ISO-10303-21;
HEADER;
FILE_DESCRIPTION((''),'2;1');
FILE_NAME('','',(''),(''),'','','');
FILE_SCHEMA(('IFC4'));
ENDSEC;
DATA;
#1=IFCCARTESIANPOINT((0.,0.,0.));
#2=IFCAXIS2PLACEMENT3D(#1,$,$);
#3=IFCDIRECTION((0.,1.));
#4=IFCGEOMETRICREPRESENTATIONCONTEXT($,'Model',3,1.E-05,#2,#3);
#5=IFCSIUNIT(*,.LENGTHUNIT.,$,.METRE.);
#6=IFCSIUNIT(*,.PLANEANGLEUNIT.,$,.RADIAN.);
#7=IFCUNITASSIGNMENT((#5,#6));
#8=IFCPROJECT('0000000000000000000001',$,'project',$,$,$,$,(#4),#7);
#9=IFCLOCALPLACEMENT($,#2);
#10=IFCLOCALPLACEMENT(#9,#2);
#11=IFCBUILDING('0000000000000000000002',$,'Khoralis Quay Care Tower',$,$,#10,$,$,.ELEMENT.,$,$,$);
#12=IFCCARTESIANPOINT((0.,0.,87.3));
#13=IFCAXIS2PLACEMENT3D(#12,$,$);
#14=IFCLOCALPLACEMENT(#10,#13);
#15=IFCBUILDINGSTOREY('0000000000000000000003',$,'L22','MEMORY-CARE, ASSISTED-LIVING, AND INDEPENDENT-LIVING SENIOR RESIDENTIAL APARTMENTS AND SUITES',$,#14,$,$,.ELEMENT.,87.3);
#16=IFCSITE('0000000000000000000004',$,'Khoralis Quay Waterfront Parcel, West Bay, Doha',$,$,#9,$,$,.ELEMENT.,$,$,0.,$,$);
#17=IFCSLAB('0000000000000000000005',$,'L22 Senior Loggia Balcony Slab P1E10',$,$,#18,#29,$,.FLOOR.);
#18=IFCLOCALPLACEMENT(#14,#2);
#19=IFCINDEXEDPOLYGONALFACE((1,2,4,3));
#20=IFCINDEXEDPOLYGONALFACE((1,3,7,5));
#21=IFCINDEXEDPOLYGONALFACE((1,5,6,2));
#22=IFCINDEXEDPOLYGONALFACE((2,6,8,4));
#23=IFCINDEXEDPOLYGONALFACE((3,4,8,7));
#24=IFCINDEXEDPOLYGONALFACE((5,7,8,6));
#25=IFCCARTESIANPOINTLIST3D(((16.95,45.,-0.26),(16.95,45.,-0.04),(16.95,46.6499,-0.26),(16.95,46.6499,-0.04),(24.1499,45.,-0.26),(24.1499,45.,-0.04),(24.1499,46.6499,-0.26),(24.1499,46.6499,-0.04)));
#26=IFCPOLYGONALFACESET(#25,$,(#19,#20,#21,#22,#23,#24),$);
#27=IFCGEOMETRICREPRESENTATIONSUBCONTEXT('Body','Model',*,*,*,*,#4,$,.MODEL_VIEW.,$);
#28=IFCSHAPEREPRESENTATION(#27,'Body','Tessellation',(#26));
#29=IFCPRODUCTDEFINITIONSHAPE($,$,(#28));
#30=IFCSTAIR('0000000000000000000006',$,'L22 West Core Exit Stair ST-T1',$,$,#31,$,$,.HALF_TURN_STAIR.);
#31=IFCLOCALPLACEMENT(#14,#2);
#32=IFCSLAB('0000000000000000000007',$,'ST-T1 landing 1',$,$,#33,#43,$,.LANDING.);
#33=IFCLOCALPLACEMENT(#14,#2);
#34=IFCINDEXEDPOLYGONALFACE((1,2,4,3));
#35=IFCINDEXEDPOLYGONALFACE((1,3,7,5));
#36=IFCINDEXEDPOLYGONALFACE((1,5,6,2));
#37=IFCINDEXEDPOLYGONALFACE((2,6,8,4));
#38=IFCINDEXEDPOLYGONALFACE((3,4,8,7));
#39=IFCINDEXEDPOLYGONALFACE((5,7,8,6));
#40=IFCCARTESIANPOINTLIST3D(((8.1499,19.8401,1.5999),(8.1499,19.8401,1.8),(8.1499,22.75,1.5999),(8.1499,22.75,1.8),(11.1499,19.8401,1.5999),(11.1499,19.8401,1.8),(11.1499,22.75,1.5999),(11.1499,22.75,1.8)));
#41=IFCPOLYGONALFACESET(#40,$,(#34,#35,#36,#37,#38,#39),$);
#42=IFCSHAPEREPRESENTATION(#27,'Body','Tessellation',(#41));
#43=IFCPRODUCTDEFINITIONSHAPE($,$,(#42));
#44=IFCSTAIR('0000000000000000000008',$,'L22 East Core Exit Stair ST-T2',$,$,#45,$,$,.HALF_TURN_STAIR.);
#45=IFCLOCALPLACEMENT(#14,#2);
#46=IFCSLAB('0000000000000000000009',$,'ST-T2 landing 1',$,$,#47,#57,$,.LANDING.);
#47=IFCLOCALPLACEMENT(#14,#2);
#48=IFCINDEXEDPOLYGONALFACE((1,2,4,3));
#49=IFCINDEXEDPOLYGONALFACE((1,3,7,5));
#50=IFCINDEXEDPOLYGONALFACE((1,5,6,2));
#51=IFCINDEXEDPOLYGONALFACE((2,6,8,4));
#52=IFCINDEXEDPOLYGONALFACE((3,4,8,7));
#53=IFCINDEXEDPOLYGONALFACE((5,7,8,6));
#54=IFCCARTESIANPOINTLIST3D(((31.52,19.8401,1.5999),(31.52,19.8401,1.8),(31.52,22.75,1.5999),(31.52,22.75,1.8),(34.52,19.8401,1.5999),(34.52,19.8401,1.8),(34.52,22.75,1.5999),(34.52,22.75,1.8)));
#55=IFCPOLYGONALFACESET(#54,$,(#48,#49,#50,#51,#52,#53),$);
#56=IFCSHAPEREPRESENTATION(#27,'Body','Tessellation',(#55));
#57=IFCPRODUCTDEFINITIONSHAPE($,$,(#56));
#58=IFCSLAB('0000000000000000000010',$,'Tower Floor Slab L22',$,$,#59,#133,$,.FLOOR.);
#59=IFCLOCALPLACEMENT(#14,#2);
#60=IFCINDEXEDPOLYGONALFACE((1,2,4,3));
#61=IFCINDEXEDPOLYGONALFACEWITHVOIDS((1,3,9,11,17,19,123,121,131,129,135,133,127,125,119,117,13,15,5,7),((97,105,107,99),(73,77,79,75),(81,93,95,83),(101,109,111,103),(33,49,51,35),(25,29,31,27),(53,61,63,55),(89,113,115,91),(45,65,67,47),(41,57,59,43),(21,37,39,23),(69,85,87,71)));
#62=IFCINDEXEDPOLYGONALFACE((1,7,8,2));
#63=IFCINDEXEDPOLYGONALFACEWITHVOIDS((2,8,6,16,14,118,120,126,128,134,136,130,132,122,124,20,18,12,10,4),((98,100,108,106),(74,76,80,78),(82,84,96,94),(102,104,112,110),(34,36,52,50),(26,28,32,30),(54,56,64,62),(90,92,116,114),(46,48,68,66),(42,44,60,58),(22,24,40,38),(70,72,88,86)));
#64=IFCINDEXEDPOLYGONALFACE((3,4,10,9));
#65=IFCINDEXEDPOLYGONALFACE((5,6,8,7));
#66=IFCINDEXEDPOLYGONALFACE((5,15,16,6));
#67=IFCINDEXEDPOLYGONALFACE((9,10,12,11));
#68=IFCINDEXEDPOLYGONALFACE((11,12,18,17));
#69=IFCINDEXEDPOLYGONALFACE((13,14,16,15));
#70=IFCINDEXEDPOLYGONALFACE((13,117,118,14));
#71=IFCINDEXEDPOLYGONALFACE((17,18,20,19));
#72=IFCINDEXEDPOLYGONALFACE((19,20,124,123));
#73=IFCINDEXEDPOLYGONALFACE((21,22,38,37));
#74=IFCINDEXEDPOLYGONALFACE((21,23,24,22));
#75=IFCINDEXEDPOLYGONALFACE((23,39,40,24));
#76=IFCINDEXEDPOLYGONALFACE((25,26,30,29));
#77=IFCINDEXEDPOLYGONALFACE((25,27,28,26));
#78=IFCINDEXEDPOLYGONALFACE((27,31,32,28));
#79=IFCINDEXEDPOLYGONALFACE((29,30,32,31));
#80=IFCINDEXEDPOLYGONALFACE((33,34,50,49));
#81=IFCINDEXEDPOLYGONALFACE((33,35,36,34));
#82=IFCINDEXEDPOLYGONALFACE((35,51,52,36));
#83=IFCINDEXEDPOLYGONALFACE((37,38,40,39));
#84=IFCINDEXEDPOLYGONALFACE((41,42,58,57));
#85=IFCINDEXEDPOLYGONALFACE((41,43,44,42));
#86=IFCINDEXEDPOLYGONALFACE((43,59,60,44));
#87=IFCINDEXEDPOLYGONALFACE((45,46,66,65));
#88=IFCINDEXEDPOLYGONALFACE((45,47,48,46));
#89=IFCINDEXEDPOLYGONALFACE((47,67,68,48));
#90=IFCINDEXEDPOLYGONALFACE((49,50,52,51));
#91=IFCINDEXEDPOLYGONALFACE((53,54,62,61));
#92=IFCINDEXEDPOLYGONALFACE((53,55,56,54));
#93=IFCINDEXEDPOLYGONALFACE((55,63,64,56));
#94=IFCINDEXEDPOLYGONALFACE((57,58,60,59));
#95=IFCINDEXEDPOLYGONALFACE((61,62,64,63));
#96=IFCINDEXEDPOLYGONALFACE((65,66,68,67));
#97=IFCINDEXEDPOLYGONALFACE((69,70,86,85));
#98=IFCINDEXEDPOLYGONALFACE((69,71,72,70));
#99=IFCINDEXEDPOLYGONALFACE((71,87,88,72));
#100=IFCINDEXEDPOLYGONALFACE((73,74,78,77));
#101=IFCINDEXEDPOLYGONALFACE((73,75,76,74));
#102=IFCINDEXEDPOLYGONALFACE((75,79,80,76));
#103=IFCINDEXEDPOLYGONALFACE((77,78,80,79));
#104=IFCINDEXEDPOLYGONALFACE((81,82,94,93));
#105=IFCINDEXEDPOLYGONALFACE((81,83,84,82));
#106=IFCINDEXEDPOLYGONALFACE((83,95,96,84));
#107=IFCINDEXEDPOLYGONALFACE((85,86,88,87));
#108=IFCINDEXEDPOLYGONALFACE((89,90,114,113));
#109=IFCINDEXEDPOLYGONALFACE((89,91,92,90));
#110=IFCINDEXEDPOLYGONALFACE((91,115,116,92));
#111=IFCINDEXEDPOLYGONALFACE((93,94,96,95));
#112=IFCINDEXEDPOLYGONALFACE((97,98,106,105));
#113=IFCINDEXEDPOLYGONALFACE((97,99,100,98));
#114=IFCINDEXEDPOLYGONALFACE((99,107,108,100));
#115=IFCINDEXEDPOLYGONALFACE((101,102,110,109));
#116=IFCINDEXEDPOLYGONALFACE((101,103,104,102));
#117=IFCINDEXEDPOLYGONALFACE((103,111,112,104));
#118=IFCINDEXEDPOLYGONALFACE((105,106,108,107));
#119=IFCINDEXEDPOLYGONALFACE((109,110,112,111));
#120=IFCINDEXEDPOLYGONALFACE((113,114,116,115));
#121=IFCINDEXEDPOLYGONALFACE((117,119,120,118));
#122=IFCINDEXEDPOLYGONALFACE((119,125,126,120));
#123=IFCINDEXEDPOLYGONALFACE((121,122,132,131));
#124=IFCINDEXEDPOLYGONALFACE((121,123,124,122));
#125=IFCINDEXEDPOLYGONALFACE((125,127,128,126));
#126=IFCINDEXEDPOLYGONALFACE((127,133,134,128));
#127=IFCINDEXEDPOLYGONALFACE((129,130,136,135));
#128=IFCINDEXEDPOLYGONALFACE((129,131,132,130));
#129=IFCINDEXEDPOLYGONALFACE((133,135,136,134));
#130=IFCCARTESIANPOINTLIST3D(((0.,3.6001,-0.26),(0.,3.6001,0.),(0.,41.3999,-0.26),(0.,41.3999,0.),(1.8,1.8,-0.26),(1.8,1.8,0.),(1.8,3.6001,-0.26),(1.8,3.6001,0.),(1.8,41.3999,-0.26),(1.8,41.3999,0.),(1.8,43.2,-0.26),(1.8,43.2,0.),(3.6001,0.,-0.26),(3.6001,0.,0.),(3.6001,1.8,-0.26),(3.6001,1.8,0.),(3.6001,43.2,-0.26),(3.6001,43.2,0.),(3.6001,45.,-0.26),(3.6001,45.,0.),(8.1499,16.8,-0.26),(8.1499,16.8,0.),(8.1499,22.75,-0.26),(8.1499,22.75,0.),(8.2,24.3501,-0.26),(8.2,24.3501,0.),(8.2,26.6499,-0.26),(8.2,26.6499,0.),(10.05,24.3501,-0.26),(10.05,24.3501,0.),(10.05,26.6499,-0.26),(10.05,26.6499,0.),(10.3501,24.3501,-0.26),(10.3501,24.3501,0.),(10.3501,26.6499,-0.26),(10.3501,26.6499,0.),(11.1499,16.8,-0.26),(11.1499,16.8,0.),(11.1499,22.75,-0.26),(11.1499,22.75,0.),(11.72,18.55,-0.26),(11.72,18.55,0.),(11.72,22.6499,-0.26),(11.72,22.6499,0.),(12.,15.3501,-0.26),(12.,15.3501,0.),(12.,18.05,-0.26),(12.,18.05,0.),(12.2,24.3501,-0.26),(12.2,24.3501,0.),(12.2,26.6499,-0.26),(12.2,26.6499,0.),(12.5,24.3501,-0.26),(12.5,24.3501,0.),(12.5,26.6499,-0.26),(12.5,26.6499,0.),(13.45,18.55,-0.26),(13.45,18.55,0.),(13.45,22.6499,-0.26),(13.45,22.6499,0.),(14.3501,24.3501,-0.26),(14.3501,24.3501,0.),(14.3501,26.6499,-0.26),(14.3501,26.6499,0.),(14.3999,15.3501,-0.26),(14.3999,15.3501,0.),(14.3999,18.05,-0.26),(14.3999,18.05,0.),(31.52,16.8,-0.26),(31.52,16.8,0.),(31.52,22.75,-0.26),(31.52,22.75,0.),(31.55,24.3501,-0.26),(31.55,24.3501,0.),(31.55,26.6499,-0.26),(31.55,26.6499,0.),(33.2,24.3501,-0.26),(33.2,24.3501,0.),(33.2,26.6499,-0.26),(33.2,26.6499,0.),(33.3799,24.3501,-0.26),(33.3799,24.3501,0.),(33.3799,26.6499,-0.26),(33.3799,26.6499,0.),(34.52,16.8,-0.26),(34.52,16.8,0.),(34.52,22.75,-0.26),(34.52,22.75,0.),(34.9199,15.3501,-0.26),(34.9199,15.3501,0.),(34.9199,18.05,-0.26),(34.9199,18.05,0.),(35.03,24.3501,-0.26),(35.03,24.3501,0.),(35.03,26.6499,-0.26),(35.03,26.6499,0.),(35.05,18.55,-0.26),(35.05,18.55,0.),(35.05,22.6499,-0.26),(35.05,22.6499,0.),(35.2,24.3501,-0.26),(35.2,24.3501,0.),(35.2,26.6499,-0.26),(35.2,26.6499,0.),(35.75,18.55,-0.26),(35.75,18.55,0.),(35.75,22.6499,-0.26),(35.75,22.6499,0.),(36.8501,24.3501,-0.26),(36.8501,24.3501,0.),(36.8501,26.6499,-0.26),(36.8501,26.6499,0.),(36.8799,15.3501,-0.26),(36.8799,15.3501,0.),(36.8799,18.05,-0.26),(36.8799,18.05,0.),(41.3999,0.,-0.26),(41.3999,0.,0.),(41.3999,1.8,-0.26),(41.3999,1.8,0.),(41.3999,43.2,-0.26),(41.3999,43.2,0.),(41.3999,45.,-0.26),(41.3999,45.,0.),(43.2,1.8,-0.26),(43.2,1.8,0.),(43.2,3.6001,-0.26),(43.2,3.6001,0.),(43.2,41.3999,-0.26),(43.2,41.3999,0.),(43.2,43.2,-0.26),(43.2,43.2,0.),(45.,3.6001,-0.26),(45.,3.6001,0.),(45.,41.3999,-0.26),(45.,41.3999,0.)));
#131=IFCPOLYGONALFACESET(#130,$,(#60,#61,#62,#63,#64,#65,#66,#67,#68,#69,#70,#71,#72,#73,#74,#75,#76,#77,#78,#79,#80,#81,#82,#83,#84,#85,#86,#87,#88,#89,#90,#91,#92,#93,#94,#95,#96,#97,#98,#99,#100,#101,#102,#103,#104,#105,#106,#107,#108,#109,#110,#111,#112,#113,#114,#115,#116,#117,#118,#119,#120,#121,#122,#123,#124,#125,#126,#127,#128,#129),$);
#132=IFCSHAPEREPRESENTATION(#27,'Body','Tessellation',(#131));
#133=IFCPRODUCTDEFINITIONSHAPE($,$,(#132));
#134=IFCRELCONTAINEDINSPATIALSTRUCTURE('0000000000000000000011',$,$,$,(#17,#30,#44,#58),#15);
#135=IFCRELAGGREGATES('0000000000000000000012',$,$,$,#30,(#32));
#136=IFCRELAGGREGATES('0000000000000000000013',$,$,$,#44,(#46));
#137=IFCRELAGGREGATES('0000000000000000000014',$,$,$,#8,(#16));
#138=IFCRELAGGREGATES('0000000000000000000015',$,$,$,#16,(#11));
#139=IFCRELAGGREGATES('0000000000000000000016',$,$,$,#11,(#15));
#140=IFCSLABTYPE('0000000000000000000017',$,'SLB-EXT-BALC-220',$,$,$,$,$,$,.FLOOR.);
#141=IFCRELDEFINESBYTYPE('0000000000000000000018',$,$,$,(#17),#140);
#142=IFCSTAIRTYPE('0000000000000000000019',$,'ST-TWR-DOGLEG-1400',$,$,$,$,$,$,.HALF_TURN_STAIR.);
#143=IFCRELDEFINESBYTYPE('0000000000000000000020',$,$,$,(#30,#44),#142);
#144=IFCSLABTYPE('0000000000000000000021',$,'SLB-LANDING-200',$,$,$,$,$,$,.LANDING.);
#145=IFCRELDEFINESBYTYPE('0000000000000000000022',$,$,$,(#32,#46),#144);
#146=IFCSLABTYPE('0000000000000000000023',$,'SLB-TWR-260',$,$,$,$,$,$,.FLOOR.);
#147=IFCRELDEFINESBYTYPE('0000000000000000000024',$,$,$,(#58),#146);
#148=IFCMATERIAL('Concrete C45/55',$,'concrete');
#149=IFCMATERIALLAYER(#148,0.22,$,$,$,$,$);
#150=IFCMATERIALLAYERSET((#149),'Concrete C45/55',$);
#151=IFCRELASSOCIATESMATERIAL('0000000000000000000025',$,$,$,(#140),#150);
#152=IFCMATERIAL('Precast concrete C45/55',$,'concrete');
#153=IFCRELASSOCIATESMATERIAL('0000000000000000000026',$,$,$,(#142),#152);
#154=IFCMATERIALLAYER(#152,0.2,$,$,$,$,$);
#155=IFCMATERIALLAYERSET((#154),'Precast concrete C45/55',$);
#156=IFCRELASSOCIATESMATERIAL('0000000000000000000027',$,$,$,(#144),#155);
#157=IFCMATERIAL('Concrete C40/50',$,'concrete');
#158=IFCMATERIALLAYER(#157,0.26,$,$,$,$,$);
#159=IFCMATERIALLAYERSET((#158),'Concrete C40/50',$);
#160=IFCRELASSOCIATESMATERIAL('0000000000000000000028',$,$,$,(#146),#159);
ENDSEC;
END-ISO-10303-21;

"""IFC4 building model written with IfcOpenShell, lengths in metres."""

from ifc_helpers import new_model, si_unit, direction, frame, origin, place, context, subcontext, project, spatial, polyline, outline, extrude, material, layer, layer_set, type_object, element, aggregate, save


model = new_model("IFC4")

# Units and contexts
model_context = context("Model", 3, precision=1e-05, world=origin(), true_north=direction((0.0, 1.0)))
body_context = subcontext(model_context, "Body", "Model", "MODEL_VIEW")
ifc_project = project(units=[si_unit("LENGTHUNIT", "METRE"), si_unit("PLANEANGLEUNIT", "RADIAN")], contexts=[model_context])

# Site, building, storey
site_placement = place(None, origin())
site = spatial("IfcSite", under=ifc_project, at=site_placement, Name="Khoralis Quay Waterfront Parcel, West Bay, Doha", CompositionType="ELEMENT", RefElevation=0.0)
building_placement = place(site_placement, origin())
building = spatial("IfcBuilding", under=site, at=building_placement, Name="Khoralis Quay Care Tower", CompositionType="ELEMENT")
storey_placement = place(building_placement, frame((0.0, 0.0, 87.3)))
storey = spatial("IfcBuildingStorey", under=building, at=storey_placement, Name="L22", Description="MEMORY-CARE, ASSISTED-LIVING, AND INDEPENDENT-LIVING SENIOR RESIDENTIAL APARTMENTS AND SUITES", CompositionType="ELEMENT", Elevation=87.3)

# Slab
ifc_material_1 = material(Name="Concrete C45/55", Category="concrete")
ifc_layer_1 = layer(ifc_material_1, 0.22)
ifc_layer_set_1 = layer_set([ifc_layer_1], Name="Concrete C45/55")
slab_type_1 = type_object("IfcSlabType", Name="SLB-EXT-BALC-220", PredefinedType="FLOOR", material=ifc_layer_set_1)
slab_1_placement = place(storey_placement, frame((0.0, 0.0, -0.26)))
element("IfcSlab", 1, at=slab_1_placement, inside=storey, type_object=slab_type_1, Name="L22 Senior Loggia Balcony Slab P1E10", PredefinedType="FLOOR", context=body_context, shape_type="SweptSolid", body=[
    extrude(outline(polyline([(16.95, 45.0), (24.1499, 45.0), (24.1499, 46.6499), (16.95, 46.6499), (16.95, 45.0)])), origin(), (0.0, 0.0, 1.0), 0.22),
])

# Stairs, slabs
ifc_material_2 = material(Name="Precast concrete C45/55", Category="concrete")
stair_type = type_object("IfcStairType", Name="ST-TWR-DOGLEG-1400", PredefinedType="HALF_TURN_STAIR", material=ifc_material_2)
stair_1_placement = place(storey_placement, origin())
stair_1 = element("IfcStair", 2, at=stair_1_placement, inside=storey, type_object=stair_type, Name="L22 West Core Exit Stair ST-T1", PredefinedType="HALF_TURN_STAIR")
ifc_layer_2 = layer(ifc_material_2, 0.2)
ifc_layer_set_2 = layer_set([ifc_layer_2], Name="Precast concrete C45/55")
slab_type_2 = type_object("IfcSlabType", Name="SLB-LANDING-200", PredefinedType="LANDING", material=ifc_layer_set_2)
slab_2_placement = place(storey_placement, frame((0.0, 0.0, 1.5999)))
slab_2 = element("IfcSlab", 3, at=slab_2_placement, type_object=slab_type_2, Name="ST-T1 landing 1", PredefinedType="LANDING", context=body_context, shape_type="SweptSolid", body=[
    extrude(outline(polyline([(11.1499, 19.8401), (11.1499, 22.75), (8.1499, 22.75), (8.1499, 19.8401), (11.1499, 19.8401)])), origin(), (0.0, 0.0, 1.0), 0.2002),
])
aggregate(stair_1, [slab_2])
stair_2_placement = place(storey_placement, origin())
stair_2 = element("IfcStair", 4, at=stair_2_placement, inside=storey, type_object=stair_type, Name="L22 East Core Exit Stair ST-T2", PredefinedType="HALF_TURN_STAIR")
slab_3_placement = place(storey_placement, frame((0.0, 0.0, 1.5999)))
slab_3 = element("IfcSlab", 5, at=slab_3_placement, type_object=slab_type_2, Name="ST-T2 landing 1", PredefinedType="LANDING", context=body_context, shape_type="SweptSolid", body=[
    extrude(outline(polyline([(34.52, 19.8401), (34.52, 22.75), (31.52, 22.75), (31.52, 19.8401), (34.52, 19.8401)])), origin(), (0.0, 0.0, 1.0), 0.2002),
])
aggregate(stair_2, [slab_3])

# Slab
ifc_material_3 = material(Name="Concrete C40/50", Category="concrete")
ifc_layer_3 = layer(ifc_material_3, 0.26)
ifc_layer_set_3 = layer_set([ifc_layer_3], Name="Concrete C40/50")
slab_type_3 = type_object("IfcSlabType", Name="SLB-TWR-260", PredefinedType="FLOOR", material=ifc_layer_set_3)
slab_4_placement = place(storey_placement, frame((0.0, 0.0, -0.26)))
element("IfcSlab", 6, at=slab_4_placement, inside=storey, type_object=slab_type_3, Name="Tower Floor Slab L22", PredefinedType="FLOOR", context=body_context, shape_type="SweptSolid", body=[
    extrude(outline(polyline([(3.6001, 0.0), (41.3999, 0.0), (41.3999, 1.8), (43.2, 1.8), (43.2, 3.6001), (45.0, 3.6001), (45.0, 41.3999), (43.2, 41.3999), (43.2, 43.2), (41.3999, 43.2), (41.3999, 45.0), (3.6001, 45.0), (3.6001, 43.2), (1.8, 43.2), (1.8, 41.3999), (0.0, 41.3999), (0.0, 3.6001), (1.8, 3.6001), (1.8, 1.8), (3.6001, 1.8), (3.6001, 0.0)]), holes=[polyline([(11.1499, 16.8), (11.1499, 22.75), (8.1499, 22.75), (8.1499, 16.8), (11.1499, 16.8)]), polyline([(34.52, 16.8), (34.52, 22.75), (31.52, 22.75), (31.52, 16.8), (34.52, 16.8)]), polyline([(12.0, 15.3501), (14.3999, 15.3501), (14.3999, 18.05), (12.0, 18.05), (12.0, 15.3501)]), polyline([(34.9199, 15.3501), (36.8799, 15.3501), (36.8799, 18.05), (34.9199, 18.05), (34.9199, 15.3501)]), polyline([(8.2, 24.3501), (10.05, 24.3501), (10.05, 26.6499), (8.2, 26.6499), (8.2, 24.3501)]), polyline([(31.55, 24.3501), (33.2, 24.3501), (33.2, 26.6499), (31.55, 26.6499), (31.55, 24.3501)]), polyline([(10.3501, 24.3501), (12.2, 24.3501), (12.2, 26.6499), (10.3501, 26.6499), (10.3501, 24.3501)]), polyline([(33.3799, 24.3501), (35.03, 24.3501), (35.03, 26.6499), (33.3799, 26.6499), (33.3799, 24.3501)]), polyline([(12.5, 24.3501), (14.3501, 24.3501), (14.3501, 26.6499), (12.5, 26.6499), (12.5, 24.3501)]), polyline([(35.2, 24.3501), (36.8501, 24.3501), (36.8501, 26.6499), (35.2, 26.6499), (35.2, 24.3501)]), polyline([(11.72, 18.55), (13.45, 18.55), (13.45, 22.6499), (11.72, 22.6499), (11.72, 18.55)]), polyline([(35.05, 18.55), (35.75, 18.55), (35.75, 22.6499), (35.05, 22.6499), (35.05, 18.55)])]), origin(), (0.0, 0.0, 1.0), 0.26),
])

save(model, "model.ifc")
